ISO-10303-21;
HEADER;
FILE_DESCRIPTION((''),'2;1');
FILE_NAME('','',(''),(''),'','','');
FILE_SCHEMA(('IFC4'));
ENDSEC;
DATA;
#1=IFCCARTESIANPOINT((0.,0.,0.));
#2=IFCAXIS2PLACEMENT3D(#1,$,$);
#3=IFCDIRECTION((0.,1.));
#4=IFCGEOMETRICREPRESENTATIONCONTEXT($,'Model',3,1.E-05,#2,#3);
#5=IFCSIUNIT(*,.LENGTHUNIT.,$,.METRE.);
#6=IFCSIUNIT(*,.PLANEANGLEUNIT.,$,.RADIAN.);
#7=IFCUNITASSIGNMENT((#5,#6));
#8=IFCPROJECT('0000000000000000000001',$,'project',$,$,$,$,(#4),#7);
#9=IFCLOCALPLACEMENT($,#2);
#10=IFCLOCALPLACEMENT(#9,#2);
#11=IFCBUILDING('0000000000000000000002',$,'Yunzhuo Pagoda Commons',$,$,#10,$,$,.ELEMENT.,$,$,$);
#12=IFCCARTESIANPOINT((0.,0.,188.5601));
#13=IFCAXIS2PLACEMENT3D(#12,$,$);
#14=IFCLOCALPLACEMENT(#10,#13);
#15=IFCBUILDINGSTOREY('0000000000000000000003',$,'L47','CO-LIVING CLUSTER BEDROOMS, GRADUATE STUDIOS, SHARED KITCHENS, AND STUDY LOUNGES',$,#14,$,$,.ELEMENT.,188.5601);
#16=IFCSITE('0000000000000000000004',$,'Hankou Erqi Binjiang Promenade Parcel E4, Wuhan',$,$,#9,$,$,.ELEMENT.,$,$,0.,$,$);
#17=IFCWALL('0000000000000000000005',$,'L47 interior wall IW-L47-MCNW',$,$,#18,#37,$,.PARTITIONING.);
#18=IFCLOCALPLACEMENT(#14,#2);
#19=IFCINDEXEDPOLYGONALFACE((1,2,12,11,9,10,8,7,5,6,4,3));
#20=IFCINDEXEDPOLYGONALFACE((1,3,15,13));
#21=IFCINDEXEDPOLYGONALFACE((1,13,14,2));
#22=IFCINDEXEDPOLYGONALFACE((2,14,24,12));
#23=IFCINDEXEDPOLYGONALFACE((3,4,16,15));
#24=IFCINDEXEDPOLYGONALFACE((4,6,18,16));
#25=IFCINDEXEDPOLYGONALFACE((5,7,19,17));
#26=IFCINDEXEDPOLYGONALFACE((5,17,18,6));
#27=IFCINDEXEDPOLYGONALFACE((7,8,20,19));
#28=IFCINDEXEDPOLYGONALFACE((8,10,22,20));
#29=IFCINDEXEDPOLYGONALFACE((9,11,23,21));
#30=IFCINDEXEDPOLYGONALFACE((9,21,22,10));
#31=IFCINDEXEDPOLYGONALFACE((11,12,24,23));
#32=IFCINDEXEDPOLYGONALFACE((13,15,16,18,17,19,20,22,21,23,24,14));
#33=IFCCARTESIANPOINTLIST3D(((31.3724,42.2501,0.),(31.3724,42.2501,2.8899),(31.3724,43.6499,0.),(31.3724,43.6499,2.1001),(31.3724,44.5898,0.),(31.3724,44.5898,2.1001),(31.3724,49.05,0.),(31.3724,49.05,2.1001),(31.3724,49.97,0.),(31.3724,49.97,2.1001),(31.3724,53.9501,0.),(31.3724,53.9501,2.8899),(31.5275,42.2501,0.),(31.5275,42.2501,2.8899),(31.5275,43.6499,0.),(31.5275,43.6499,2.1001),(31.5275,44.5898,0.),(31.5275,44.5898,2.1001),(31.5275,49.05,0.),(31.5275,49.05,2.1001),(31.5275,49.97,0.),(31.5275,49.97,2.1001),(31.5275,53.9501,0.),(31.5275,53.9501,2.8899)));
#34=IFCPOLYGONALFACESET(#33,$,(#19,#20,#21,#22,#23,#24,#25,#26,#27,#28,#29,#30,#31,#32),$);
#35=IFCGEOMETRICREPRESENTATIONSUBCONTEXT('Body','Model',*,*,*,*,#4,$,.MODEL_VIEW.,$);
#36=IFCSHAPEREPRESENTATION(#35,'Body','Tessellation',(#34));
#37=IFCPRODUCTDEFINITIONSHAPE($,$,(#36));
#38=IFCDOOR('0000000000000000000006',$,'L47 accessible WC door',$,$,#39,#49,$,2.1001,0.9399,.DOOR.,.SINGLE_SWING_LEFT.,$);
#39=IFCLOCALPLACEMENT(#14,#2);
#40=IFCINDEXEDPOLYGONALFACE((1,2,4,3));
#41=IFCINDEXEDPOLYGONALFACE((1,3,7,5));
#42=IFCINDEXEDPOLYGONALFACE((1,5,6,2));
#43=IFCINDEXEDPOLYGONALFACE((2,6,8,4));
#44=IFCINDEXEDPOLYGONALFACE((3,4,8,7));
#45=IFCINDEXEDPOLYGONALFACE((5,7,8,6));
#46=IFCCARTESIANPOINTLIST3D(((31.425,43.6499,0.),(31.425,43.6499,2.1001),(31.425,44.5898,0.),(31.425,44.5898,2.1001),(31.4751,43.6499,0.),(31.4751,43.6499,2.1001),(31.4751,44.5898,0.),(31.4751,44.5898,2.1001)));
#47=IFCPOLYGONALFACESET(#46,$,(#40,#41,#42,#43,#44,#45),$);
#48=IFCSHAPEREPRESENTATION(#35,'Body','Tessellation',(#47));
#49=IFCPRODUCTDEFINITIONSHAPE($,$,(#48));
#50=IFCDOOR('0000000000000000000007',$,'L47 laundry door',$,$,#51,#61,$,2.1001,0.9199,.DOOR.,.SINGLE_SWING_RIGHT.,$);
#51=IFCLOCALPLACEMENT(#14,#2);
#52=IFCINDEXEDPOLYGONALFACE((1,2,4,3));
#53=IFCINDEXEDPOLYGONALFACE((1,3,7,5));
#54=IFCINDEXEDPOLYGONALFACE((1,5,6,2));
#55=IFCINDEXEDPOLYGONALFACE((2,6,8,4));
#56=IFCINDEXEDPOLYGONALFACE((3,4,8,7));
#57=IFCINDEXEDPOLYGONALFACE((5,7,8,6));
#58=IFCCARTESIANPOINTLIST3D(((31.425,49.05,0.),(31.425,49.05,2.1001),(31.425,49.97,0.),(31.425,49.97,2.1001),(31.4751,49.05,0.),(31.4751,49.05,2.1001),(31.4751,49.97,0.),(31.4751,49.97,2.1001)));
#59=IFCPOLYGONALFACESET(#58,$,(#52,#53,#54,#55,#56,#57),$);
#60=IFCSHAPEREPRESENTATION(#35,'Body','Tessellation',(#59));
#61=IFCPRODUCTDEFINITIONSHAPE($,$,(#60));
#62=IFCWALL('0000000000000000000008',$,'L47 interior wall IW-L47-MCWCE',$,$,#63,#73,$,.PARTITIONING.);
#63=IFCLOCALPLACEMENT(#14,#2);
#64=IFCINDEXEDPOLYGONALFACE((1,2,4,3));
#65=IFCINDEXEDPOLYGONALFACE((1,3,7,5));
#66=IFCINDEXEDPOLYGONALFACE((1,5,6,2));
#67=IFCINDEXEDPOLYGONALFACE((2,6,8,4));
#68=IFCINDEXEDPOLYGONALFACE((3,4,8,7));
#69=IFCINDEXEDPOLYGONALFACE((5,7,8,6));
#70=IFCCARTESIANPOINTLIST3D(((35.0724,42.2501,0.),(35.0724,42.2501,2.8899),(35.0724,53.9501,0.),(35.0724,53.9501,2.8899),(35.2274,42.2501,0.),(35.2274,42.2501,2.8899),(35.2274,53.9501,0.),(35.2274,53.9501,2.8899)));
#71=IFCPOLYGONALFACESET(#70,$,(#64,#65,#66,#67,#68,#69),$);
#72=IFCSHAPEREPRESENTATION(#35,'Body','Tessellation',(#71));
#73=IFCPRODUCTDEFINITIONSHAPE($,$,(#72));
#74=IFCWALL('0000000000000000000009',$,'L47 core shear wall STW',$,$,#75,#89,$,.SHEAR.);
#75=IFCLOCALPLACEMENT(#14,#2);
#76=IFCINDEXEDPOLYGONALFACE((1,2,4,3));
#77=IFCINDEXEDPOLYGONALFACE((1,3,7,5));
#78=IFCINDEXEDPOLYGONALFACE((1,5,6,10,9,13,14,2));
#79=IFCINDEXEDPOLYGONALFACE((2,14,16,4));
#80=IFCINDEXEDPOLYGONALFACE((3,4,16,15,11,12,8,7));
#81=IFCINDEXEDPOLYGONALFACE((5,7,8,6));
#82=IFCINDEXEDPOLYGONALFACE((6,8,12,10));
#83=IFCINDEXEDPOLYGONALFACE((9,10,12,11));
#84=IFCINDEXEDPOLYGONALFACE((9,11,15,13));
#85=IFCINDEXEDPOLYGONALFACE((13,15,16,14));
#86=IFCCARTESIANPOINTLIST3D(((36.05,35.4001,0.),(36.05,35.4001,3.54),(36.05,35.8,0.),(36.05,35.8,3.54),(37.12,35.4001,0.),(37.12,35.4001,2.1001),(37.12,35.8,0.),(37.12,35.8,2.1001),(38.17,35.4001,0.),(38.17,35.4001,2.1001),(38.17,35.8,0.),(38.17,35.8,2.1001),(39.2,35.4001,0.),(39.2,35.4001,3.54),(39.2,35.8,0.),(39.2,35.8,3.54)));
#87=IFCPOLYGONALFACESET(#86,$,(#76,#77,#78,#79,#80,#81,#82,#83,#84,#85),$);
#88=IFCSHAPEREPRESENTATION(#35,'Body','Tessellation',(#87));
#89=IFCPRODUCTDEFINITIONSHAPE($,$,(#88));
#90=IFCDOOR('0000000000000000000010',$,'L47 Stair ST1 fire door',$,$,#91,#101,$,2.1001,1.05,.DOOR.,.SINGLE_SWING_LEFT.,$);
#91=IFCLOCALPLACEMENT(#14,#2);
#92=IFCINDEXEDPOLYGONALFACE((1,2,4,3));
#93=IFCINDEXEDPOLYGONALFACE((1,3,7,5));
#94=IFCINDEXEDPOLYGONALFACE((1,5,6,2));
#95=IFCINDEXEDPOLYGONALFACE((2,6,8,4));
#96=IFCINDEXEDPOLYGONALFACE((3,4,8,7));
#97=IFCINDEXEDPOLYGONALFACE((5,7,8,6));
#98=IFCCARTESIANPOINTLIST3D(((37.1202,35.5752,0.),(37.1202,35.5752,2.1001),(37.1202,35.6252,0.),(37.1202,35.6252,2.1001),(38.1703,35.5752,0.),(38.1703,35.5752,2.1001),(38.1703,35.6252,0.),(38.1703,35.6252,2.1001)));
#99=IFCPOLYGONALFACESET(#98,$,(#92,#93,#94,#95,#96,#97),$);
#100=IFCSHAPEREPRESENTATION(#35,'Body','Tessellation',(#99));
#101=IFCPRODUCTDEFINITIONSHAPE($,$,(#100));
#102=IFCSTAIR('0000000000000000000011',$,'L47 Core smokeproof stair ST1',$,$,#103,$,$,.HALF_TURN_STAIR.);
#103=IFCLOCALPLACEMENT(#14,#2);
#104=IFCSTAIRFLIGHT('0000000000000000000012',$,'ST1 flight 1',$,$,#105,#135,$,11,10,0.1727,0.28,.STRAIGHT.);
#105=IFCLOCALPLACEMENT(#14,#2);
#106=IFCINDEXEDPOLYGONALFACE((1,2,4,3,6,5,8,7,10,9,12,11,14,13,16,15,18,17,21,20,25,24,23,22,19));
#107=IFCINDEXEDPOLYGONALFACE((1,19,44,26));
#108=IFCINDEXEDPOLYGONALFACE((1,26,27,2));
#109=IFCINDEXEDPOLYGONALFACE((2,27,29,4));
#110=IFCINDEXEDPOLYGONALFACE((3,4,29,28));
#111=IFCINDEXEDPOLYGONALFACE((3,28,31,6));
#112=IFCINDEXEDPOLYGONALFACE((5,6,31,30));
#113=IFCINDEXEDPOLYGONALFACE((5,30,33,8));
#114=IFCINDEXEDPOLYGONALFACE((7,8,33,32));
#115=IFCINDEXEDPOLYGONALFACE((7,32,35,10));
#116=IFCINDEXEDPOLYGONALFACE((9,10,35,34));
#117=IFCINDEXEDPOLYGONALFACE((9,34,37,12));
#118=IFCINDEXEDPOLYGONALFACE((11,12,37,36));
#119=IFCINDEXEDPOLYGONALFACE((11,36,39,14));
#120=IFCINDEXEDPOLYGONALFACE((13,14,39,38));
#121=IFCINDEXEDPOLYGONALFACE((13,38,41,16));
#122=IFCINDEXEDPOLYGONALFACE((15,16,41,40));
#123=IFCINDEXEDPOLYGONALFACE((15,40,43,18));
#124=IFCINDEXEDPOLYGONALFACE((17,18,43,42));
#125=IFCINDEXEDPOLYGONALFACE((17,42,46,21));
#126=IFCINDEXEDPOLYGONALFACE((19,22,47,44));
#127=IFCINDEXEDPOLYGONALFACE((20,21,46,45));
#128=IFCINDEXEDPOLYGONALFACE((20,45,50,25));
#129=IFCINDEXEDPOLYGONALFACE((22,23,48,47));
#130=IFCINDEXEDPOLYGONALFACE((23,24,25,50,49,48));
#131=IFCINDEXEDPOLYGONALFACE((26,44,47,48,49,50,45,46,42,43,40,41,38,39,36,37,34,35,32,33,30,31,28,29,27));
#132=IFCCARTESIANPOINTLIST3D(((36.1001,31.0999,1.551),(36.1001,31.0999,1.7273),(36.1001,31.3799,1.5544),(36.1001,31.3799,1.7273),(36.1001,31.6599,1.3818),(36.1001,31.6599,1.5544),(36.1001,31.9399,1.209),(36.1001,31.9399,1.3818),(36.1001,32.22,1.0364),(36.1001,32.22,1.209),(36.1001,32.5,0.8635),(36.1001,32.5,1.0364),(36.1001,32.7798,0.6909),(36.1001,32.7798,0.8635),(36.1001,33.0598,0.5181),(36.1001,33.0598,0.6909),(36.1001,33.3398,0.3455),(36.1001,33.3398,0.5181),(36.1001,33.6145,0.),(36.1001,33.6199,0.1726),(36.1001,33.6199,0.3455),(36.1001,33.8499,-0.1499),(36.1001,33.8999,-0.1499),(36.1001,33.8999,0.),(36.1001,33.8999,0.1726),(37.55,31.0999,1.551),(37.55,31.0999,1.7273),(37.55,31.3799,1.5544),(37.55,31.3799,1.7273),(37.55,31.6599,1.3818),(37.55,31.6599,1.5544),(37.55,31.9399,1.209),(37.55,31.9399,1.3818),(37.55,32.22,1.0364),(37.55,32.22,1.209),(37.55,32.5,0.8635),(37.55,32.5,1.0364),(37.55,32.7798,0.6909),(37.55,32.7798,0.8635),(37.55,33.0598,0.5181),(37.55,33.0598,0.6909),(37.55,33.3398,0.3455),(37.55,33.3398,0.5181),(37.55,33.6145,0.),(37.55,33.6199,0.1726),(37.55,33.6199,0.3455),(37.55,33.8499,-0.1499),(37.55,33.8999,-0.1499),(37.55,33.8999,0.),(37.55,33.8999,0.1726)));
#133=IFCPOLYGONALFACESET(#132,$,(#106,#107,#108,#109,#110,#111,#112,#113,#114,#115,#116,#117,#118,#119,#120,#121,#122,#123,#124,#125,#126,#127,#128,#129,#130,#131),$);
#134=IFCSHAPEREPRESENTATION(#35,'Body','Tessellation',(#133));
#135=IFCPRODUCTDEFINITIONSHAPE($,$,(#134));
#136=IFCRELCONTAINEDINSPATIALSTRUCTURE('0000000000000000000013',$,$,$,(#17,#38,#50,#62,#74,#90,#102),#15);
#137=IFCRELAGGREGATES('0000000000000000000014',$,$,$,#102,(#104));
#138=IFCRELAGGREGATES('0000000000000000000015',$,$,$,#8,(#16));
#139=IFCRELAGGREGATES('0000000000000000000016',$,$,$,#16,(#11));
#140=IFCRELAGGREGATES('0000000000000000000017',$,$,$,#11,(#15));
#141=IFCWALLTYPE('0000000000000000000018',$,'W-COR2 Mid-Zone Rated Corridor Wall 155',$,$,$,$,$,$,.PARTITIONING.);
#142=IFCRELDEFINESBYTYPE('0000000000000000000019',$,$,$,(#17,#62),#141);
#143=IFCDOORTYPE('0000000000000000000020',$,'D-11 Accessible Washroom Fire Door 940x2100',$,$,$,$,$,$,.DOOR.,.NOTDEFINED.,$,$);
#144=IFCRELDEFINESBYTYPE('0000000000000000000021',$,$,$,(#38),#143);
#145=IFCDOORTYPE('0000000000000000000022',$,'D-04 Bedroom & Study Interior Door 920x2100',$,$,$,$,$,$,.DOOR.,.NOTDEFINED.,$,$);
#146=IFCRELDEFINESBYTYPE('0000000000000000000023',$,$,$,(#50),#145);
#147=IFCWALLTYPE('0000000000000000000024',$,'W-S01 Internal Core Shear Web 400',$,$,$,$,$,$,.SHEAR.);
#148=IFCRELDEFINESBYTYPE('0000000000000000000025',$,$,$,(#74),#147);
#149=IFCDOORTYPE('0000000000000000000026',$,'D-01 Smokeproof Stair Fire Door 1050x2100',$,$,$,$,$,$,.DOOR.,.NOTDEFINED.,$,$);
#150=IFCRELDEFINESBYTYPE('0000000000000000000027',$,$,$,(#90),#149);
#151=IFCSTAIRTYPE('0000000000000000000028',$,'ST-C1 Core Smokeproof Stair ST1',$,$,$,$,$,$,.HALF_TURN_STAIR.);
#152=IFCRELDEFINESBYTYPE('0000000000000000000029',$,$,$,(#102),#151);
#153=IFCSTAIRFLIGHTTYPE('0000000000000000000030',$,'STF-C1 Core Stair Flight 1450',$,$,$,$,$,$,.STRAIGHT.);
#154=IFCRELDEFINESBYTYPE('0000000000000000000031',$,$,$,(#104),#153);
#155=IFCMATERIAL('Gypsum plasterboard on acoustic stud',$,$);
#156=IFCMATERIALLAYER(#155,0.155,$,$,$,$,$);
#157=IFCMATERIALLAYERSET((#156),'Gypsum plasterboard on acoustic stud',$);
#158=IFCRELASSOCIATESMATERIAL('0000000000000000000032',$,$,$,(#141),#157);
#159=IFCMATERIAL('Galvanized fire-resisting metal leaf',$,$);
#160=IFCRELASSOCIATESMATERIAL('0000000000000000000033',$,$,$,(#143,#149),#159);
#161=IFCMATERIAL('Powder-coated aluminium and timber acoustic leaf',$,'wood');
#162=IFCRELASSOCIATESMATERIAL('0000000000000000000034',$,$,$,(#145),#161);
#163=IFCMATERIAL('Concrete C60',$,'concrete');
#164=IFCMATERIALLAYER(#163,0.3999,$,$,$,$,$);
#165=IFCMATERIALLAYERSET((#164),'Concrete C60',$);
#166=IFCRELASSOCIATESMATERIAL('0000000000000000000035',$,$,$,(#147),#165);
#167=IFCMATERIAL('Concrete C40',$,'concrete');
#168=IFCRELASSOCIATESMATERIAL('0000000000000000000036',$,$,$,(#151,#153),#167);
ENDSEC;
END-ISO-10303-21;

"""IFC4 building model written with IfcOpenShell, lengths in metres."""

from ifc_helpers import new_model, si_unit, direction, frame, frame_2d, origin, origin_with_axes, place, context, subcontext, project, spatial, polyline, rectangle, outline, extrude, source, transform, mapped, material, layer, layer_set, type_object, element, fill, aggregate, save


model = new_model("IFC4")

# Units and contexts
model_context = context("Model", 3, precision=1e-05, world=origin(), true_north=direction((0.0, 1.0)))
body_context = subcontext(model_context, "Body", "Model", "MODEL_VIEW")
ifc_project = project(units=[si_unit("LENGTHUNIT", "METRE"), si_unit("PLANEANGLEUNIT", "RADIAN")], contexts=[model_context])

# Site, building, storey
site_placement = place(None, origin())
site = spatial("IfcSite", under=ifc_project, at=site_placement, Name="Hankou Erqi Binjiang Promenade Parcel E4, Wuhan", CompositionType="ELEMENT", RefElevation=0.0)
building_placement = place(site_placement, origin())
building = spatial("IfcBuilding", under=site, at=building_placement, Name="Yunzhuo Pagoda Commons", CompositionType="ELEMENT")
storey_placement = place(building_placement, frame((0.0, 0.0, 188.5601)))
storey = spatial("IfcBuildingStorey", under=building, at=storey_placement, Name="L47", Description="CO-LIVING CLUSTER BEDROOMS, GRADUATE STUDIOS, SHARED KITCHENS, AND STUDY LOUNGES", CompositionType="ELEMENT", Elevation=188.5601)

# Shared definitions
ifc_material_1 = material(Name="Galvanized fire-resisting metal leaf")
shared_shape_1 = source(origin(), body_context, "Body", "SweptSolid", [
    extrude(rectangle(XDim=1.05, YDim=2.1001, at=frame_2d((0.5249, 1.05))), frame((0.0, 0.0249, 0.0), z_axis=(0.0, -1.0, 0.0), x_axis=(1.0, 0.0, 0.0)), (0.0, 0.0, 1.0), 0.05),
])

# Shared definitions
ifc_material_2 = material(Name="Gypsum plasterboard on acoustic stud")
ifc_layer_1 = layer(ifc_material_2, 0.155)
ifc_layer_set_1 = layer_set([ifc_layer_1], Name="Gypsum plasterboard on acoustic stud")
wall_type_1 = type_object("IfcWallType", Name="W-COR2 Mid-Zone Rated Corridor Wall 155", PredefinedType="PARTITIONING", material=ifc_layer_set_1)

# Wall, openings, doors
wall_1_placement = place(storey_placement, frame((31.45, 42.25, 0.0), z_axis=(0.0, 0.0, 1.0), x_axis=(0.0, 1.0, 0.0)))
wall_1 = element("IfcWall", 1, at=wall_1_placement, inside=storey, type_object=wall_type_1, Name="L47 interior wall IW-L47-MCNW", PredefinedType="PARTITIONING", context=body_context, shape_type="SweptSolid", body=[
    extrude(rectangle(XDim=11.7, YDim=0.155, at=frame_2d((5.8501, 0.0))), origin(), (0.0, 0.0, 1.0), 2.8899),
])
opening_1_placement = place(wall_1_placement, frame((1.3999, 0.0, 0.0)))
opening_1 = element("IfcOpeningElement", 2, at=opening_1_placement, cuts=wall_1, PredefinedType="OPENING", context=body_context, shape_type="SweptSolid", body=[
    extrude(rectangle(XDim=0.9399, YDim=2.1001, at=frame_2d((0.47, 1.05))), frame((0.0, 0.0874, 0.0), z_axis=(0.0, -1.0, 0.0), x_axis=(1.0, 0.0, 0.0)), (0.0, 0.0, 1.0), 0.175),
])
opening_2_placement = place(wall_1_placement, frame((6.8, 0.0, 0.0)))
opening_2 = element("IfcOpeningElement", 3, at=opening_2_placement, cuts=wall_1, PredefinedType="OPENING", context=body_context, shape_type="SweptSolid", body=[
    extrude(rectangle(XDim=0.9199, YDim=2.1001, at=frame_2d((0.46, 1.05))), frame((0.0, 0.0874, 0.0), z_axis=(0.0, -1.0, 0.0), x_axis=(1.0, 0.0, 0.0)), (0.0, 0.0, 1.0), 0.175),
])
door_type_1 = type_object("IfcDoorType", Name="D-11 Accessible Washroom Fire Door 940x2100", OperationType="NOTDEFINED", PredefinedType="DOOR", material=ifc_material_1)
shared_shape_2 = source(origin(), body_context, "Body", "SweptSolid", [
    extrude(rectangle(XDim=0.9399, YDim=2.1001, at=frame_2d((0.47, 1.05))), frame((0.0, 0.0249, 0.0), z_axis=(0.0, -1.0, 0.0), x_axis=(1.0, 0.0, 0.0)), (0.0, 0.0, 1.0), 0.05),
])
door_1_placement = place(opening_1_placement, origin_with_axes())
door_1 = element("IfcDoor", 4, at=door_1_placement, inside=storey, type_object=door_type_1, Name="L47 accessible WC door", OperationType="SINGLE_SWING_LEFT", OverallHeight=2.1001, OverallWidth=0.9399, PredefinedType="DOOR", context=body_context, shape_type="MappedRepresentation", body=[
    mapped(shared_shape_2, transform((0.0, 0.0, 0.0), scale=1.0)),
])
fill(opening_1, door_1)
ifc_material_3 = material(Name="Powder-coated aluminium and timber acoustic leaf", Category="wood")
door_type_2 = type_object("IfcDoorType", Name="D-04 Bedroom & Study Interior Door 920x2100", OperationType="NOTDEFINED", PredefinedType="DOOR", material=ifc_material_3)
shared_shape_3 = source(origin(), body_context, "Body", "SweptSolid", [
    extrude(rectangle(XDim=0.9199, YDim=2.1001, at=frame_2d((0.46, 1.05))), frame((0.0, 0.0249, 0.0), z_axis=(0.0, -1.0, 0.0), x_axis=(1.0, 0.0, 0.0)), (0.0, 0.0, 1.0), 0.05),
])
door_2_placement = place(opening_2_placement, origin_with_axes())
door_2 = element("IfcDoor", 5, at=door_2_placement, inside=storey, type_object=door_type_2, Name="L47 laundry door", OperationType="SINGLE_SWING_RIGHT", OverallHeight=2.1001, OverallWidth=0.9199, PredefinedType="DOOR", context=body_context, shape_type="MappedRepresentation", body=[
    mapped(shared_shape_3, transform((0.0, 0.0, 0.0), scale=1.0)),
])
fill(opening_2, door_2)

# Wall
wall_2_placement = place(storey_placement, frame((35.1499, 42.25, 0.0), z_axis=(0.0, 0.0, 1.0), x_axis=(0.0, 1.0, 0.0)))
element("IfcWall", 6, at=wall_2_placement, inside=storey, type_object=wall_type_1, Name="L47 interior wall IW-L47-MCWCE", PredefinedType="PARTITIONING", context=body_context, shape_type="SweptSolid", body=[
    extrude(rectangle(XDim=11.7, YDim=0.155, at=frame_2d((5.8501, 0.0))), origin(), (0.0, 0.0, 1.0), 2.8899),
])

# Wall, opening, door
ifc_material_4 = material(Name="Concrete C60", Category="concrete")
ifc_layer_2 = layer(ifc_material_4, 0.3999)
ifc_layer_set_2 = layer_set([ifc_layer_2], Name="Concrete C60")
wall_type_2 = type_object("IfcWallType", Name="W-S01 Internal Core Shear Web 400", PredefinedType="SHEAR", material=ifc_layer_set_2)
wall_3_placement = place(storey_placement, frame((36.05, 35.6001, 0.0), z_axis=(0.0, 0.0, 1.0), x_axis=(1.0, 0.0, 0.0)))
wall_3 = element("IfcWall", 7, at=wall_3_placement, inside=storey, type_object=wall_type_2, Name="L47 core shear wall STW", PredefinedType="SHEAR", context=body_context, shape_type="SweptSolid", body=[
    extrude(rectangle(XDim=3.1499, YDim=0.3999, at=frame_2d((1.575, 0.0))), origin(), (0.0, 0.0, 1.0), 3.54),
])
opening_3_placement = place(wall_3_placement, frame((1.0701, 0.0, 0.0)))
opening_3 = element("IfcOpeningElement", 8, at=opening_3_placement, cuts=wall_3, PredefinedType="OPENING", context=body_context, shape_type="SweptSolid", body=[
    extrude(rectangle(XDim=1.05, YDim=2.1001, at=frame_2d((0.5249, 1.05))), frame((0.0, 0.21, 0.0), z_axis=(0.0, -1.0, 0.0), x_axis=(1.0, 0.0, 0.0)), (0.0, 0.0, 1.0), 0.4199),
])
door_type_3 = type_object("IfcDoorType", Name="D-01 Smokeproof Stair Fire Door 1050x2100", OperationType="NOTDEFINED", PredefinedType="DOOR", material=ifc_material_1)
door_3_placement = place(opening_3_placement, frame((1.05, 0.0, 0.0), z_axis=(0.0, 0.0, 1.0), x_axis=(-1.0, 0.0, 0.0)))
door_3 = element("IfcDoor", 9, at=door_3_placement, inside=storey, type_object=door_type_3, Name="L47 Stair ST1 fire door", OperationType="SINGLE_SWING_LEFT", OverallHeight=2.1001, OverallWidth=1.05, PredefinedType="DOOR", context=body_context, shape_type="MappedRepresentation", body=[
    mapped(shared_shape_1, transform((0.0, 0.0, 0.0), scale=1.0)),
])
fill(opening_3, door_3)

# Stair, stair flight
ifc_material_5 = material(Name="Concrete C40", Category="concrete")
stair_type = type_object("IfcStairType", Name="ST-C1 Core Smokeproof Stair ST1", PredefinedType="HALF_TURN_STAIR", material=ifc_material_5)
stair_placement = place(storey_placement, origin())
stair = element("IfcStair", 10, at=stair_placement, inside=storey, type_object=stair_type, Name="L47 Core smokeproof stair ST1", PredefinedType="HALF_TURN_STAIR")
stair_flight_type = type_object("IfcStairFlightType", Name="STF-C1 Core Stair Flight 1450", PredefinedType="STRAIGHT", material=ifc_material_5)
shared_shape_4 = source(origin(), body_context, "Body", "SweptSolid", [
    extrude(outline(polyline([(0.0, -0.1499), (0.0, 0.0), (0.0, 0.1726), (0.28, 0.1726), (0.28, 0.3455), (0.5601, 0.3455), (0.5601, 0.5181), (0.8401, 0.5181), (0.8401, 0.6909), (1.1201, 0.6909), (1.1201, 0.8635), (1.3999, 0.8635), (1.3999, 1.0364), (1.6799, 1.0364), (1.6799, 1.209), (1.96, 1.209), (1.96, 1.3818), (2.24, 1.3818), (2.24, 1.5544), (2.52, 1.5544), (2.52, 1.7273), (2.8, 1.7273), (2.8, 1.8999), (2.8, 1.551), (0.2854, 0.0), (0.05, -0.1499), (0.0, -0.1499)])), frame((0.0, 0.7251, 0.0), z_axis=(0.0, -1.0, 0.0), x_axis=(1.0, 0.0, 0.0)), (0.0, 0.0, 1.0), 1.45),
])
stair_flight_placement = place(storey_placement, frame((36.825, 33.8999, 0.0), z_axis=(0.0, 0.0, 1.0), x_axis=(0.0, -1.0, 0.0)))
stair_flight = element("IfcStairFlight", 11, at=stair_flight_placement, type_object=stair_flight_type, Name="ST1 flight 1", NumberOfRisers=11, NumberOfTreads=10, PredefinedType="STRAIGHT", RiserHeight=0.1727, TreadLength=0.28, context=body_context, shape_type="MappedRepresentation", body=[
    mapped(shared_shape_4, transform((0.0, 0.0, 0.0), scale=1.0)),
])
aggregate(stair, [stair_flight])

save(model, "model.ifc")
